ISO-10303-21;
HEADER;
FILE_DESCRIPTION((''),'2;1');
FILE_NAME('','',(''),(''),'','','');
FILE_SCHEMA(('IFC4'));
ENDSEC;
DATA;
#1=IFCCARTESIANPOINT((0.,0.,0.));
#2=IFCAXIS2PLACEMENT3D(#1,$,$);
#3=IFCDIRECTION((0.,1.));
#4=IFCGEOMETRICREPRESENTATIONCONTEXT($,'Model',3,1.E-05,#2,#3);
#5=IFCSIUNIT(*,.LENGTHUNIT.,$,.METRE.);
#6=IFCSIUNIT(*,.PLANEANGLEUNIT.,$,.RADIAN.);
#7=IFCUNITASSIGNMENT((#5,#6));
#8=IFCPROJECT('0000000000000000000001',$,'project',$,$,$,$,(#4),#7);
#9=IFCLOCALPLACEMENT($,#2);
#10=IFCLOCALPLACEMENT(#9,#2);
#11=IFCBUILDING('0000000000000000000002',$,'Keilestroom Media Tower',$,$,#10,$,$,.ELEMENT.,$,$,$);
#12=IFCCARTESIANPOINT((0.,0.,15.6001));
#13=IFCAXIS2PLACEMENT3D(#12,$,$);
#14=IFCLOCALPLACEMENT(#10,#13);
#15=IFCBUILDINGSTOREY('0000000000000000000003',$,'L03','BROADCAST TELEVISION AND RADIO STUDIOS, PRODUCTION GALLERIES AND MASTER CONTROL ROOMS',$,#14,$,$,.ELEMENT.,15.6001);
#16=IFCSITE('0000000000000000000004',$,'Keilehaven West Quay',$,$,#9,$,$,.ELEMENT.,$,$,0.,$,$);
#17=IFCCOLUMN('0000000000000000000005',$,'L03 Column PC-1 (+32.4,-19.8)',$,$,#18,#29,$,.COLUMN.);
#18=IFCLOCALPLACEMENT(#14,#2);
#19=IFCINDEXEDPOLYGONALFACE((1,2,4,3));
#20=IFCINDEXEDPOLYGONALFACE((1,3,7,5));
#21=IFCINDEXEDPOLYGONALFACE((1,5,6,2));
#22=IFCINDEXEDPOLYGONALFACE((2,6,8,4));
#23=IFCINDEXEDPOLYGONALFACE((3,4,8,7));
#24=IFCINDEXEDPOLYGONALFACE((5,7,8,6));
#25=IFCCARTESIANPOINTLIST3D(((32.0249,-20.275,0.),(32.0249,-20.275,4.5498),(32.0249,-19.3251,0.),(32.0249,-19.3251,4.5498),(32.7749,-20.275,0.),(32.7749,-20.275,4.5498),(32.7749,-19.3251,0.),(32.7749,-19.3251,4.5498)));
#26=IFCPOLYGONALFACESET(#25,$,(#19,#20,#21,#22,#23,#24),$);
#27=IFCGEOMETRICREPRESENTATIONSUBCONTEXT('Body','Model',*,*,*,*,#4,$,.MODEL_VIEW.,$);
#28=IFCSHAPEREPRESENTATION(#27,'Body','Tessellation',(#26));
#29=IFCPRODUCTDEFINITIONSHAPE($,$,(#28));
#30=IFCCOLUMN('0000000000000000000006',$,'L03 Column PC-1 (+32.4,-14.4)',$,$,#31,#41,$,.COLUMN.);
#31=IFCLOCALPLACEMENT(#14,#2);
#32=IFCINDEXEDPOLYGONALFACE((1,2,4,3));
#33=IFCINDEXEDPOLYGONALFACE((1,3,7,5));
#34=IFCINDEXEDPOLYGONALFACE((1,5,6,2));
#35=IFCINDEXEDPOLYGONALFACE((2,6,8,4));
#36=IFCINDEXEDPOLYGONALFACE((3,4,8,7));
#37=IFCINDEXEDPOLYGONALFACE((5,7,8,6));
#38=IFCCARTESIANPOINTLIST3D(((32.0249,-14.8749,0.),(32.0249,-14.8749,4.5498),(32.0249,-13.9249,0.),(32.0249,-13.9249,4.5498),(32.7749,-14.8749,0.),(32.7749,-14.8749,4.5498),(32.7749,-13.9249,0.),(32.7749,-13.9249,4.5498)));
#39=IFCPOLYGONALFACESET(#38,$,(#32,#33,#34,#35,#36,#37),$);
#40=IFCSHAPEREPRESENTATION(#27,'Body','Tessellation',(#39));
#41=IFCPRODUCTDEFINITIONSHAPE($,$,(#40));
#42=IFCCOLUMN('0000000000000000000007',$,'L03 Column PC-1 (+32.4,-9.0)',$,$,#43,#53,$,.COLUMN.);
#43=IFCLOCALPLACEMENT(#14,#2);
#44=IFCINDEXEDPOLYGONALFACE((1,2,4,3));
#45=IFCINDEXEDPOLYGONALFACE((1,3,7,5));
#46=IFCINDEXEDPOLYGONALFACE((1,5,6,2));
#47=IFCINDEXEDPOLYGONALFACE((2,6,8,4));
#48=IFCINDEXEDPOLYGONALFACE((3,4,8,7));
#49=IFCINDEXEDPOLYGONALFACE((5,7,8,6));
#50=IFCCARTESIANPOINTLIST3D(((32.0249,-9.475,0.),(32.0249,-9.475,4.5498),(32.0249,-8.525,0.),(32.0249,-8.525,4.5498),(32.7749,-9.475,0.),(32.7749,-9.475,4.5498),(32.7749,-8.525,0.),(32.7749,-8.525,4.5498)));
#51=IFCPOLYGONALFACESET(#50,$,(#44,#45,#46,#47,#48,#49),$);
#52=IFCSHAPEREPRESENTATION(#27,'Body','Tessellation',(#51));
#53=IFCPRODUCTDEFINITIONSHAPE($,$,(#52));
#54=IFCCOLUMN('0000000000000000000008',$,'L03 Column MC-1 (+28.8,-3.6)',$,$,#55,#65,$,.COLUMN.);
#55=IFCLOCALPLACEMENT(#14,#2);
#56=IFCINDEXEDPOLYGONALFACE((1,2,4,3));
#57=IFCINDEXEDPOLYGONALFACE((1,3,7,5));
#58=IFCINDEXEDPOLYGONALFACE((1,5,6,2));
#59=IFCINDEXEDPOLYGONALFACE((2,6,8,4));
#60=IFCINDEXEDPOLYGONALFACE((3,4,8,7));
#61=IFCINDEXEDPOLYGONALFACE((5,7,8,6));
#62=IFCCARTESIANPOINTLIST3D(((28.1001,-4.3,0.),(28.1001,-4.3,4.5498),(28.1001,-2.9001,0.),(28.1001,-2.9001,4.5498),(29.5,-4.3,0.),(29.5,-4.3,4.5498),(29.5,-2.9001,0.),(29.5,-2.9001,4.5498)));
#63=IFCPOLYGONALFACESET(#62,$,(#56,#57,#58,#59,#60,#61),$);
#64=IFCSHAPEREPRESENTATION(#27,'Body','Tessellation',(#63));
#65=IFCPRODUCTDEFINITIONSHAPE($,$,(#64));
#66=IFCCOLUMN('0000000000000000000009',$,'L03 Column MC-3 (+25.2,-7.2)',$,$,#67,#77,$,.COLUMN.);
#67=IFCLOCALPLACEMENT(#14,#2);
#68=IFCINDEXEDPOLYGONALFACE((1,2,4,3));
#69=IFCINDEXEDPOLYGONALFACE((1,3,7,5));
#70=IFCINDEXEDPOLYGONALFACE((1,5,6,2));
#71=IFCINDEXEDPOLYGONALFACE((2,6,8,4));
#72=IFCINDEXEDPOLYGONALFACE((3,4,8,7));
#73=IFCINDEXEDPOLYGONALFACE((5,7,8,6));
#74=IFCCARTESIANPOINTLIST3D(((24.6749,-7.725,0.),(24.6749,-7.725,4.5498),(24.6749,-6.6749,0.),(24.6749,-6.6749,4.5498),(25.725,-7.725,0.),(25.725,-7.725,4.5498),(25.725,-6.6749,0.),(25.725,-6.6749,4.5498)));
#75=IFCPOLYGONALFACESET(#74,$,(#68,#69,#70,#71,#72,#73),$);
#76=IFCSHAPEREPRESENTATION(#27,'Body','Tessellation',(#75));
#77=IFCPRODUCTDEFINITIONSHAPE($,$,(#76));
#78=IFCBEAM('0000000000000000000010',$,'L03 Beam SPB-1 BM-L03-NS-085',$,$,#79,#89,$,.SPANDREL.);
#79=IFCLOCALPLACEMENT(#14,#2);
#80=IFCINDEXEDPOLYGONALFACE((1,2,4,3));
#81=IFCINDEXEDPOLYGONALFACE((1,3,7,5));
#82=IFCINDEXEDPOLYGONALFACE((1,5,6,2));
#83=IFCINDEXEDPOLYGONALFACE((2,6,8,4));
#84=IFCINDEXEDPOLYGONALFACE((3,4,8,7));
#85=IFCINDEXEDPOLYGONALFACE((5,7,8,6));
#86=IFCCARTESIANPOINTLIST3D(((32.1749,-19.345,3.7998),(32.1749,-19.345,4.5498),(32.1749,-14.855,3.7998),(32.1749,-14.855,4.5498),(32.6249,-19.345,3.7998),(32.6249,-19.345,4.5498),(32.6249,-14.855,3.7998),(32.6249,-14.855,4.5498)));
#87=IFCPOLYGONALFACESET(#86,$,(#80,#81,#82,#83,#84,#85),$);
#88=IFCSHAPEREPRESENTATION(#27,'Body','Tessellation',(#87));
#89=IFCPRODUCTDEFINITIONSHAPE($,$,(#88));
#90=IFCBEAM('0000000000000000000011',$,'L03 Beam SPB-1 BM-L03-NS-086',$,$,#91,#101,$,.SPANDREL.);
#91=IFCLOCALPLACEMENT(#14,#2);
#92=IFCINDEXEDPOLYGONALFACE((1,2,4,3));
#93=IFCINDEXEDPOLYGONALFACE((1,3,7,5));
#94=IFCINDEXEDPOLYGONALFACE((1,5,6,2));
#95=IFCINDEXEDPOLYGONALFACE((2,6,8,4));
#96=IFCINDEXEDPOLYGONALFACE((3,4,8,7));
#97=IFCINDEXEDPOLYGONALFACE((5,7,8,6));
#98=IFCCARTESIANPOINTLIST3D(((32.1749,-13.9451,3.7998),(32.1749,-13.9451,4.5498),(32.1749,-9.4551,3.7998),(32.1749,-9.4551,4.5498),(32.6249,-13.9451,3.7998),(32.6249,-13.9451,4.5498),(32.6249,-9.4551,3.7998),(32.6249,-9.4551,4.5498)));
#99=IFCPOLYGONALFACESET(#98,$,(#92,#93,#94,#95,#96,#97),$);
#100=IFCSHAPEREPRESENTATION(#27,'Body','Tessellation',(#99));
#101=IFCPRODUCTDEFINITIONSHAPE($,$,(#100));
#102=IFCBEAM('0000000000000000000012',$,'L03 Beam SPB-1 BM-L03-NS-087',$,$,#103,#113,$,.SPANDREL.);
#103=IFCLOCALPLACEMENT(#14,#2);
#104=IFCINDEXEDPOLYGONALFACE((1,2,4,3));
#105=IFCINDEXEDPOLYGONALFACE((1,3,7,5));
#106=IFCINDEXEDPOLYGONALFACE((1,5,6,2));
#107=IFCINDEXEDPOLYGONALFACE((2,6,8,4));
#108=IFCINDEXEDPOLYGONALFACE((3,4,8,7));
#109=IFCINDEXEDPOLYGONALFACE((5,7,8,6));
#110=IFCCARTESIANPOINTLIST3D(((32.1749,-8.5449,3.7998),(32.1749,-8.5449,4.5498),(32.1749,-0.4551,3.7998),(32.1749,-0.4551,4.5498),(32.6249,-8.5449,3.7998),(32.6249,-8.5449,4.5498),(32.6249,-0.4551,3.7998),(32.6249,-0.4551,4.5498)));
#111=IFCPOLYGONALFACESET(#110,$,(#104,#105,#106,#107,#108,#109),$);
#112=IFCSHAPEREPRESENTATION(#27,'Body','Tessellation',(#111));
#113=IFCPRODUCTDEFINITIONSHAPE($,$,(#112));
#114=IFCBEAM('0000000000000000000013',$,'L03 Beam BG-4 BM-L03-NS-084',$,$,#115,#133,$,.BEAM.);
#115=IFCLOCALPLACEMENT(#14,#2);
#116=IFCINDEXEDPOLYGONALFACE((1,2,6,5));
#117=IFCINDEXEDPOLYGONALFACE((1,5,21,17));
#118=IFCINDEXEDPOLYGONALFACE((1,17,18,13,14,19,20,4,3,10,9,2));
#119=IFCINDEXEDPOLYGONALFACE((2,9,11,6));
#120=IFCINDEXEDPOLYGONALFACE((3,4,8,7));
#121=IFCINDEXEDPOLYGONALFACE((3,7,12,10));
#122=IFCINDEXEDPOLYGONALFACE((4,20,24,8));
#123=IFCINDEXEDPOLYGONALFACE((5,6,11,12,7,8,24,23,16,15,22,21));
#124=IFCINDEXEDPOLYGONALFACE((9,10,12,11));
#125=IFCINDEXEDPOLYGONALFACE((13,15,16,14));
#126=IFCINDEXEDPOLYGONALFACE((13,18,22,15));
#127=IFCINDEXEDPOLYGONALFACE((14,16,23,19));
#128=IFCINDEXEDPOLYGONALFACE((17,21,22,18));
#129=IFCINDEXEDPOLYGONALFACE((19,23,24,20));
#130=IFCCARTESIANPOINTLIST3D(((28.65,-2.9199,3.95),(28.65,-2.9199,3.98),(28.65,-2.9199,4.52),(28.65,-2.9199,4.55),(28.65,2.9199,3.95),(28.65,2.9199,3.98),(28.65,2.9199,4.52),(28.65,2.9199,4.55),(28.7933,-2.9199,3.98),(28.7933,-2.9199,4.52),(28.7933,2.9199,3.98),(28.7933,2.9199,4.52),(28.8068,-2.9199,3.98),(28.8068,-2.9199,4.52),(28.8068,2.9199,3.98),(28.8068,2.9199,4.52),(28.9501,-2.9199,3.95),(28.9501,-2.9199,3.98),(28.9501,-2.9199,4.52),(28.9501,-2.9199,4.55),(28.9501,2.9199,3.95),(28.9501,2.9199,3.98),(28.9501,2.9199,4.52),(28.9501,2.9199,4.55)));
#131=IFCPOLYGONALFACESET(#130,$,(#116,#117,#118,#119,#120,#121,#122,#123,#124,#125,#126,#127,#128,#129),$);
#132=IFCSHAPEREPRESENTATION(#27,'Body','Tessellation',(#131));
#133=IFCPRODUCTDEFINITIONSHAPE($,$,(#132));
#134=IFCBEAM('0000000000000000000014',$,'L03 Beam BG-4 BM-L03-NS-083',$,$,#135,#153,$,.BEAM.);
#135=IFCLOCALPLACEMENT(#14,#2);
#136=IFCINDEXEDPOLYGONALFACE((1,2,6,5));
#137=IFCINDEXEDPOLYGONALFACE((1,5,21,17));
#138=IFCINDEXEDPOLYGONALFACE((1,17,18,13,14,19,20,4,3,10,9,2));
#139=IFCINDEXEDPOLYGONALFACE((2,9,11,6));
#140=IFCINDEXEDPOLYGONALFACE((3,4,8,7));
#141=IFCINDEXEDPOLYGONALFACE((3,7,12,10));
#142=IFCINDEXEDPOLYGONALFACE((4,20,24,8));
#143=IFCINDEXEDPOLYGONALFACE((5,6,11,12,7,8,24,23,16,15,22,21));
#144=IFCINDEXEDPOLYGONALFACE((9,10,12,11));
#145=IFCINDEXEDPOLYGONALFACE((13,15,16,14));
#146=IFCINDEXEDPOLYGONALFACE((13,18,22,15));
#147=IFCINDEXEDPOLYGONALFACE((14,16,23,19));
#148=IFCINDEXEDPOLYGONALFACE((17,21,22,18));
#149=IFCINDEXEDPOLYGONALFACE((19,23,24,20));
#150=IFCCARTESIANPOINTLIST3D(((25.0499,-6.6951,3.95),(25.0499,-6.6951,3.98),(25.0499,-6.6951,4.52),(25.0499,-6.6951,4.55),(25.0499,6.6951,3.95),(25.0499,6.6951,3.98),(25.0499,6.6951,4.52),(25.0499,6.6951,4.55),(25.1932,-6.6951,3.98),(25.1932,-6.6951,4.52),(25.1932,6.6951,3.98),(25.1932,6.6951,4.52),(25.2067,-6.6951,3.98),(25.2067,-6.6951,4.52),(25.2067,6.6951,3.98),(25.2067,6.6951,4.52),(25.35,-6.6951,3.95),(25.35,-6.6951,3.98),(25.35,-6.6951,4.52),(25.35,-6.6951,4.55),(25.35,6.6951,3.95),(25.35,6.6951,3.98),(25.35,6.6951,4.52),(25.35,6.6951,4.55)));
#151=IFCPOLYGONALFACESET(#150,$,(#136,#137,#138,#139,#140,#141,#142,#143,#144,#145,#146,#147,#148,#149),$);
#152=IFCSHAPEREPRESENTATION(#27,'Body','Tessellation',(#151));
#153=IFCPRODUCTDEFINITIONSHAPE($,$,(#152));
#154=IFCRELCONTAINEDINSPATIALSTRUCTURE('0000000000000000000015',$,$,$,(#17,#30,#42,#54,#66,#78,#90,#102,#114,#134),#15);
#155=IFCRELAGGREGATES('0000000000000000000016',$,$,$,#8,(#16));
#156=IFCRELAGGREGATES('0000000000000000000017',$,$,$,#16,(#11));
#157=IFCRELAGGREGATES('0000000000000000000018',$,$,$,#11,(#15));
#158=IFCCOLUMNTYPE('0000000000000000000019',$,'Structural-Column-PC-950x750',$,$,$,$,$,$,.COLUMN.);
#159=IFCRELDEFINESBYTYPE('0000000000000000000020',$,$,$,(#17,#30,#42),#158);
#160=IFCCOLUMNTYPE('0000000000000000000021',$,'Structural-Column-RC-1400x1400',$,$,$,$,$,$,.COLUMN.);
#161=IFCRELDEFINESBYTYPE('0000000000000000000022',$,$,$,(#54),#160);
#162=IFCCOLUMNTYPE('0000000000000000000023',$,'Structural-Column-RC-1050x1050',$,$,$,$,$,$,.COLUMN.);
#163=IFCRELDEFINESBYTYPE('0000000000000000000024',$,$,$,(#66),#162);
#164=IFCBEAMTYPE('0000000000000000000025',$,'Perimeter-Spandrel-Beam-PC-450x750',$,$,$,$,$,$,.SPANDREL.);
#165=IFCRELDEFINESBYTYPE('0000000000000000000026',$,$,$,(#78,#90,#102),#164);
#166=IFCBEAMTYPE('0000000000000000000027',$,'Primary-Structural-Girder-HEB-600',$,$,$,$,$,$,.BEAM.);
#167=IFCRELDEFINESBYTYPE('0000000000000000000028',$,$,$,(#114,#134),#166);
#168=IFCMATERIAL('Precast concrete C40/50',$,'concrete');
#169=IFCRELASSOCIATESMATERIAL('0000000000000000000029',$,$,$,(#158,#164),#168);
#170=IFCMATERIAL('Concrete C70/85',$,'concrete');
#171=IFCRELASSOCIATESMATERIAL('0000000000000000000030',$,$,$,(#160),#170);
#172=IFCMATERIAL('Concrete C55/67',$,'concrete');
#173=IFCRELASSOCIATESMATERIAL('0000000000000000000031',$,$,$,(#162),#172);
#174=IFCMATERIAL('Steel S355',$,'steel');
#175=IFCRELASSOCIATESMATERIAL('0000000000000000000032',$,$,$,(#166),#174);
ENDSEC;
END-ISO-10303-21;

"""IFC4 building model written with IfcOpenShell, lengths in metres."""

from ifc_helpers import new_model, si_unit, direction, frame, origin, origin_2d, place, context, subcontext, project, spatial, rectangle, i_section, extrude, source, transform, mapped, material, material_profile, profile_set, type_object, element, save


model = new_model("IFC4")

# Units and contexts
model_context = context("Model", 3, precision=1e-05, world=origin(), true_north=direction((0.0, 1.0)))
body_context = subcontext(model_context, "Body", "Model", "MODEL_VIEW")
ifc_project = project(units=[si_unit("LENGTHUNIT", "METRE"), si_unit("PLANEANGLEUNIT", "RADIAN")], contexts=[model_context])

# Site, building, storey
site_placement = place(None, origin())
site = spatial("IfcSite", under=ifc_project, at=site_placement, Name="Keilehaven West Quay", CompositionType="ELEMENT", RefElevation=0.0)
building_placement = place(site_placement, origin())
building = spatial("IfcBuilding", under=site, at=building_placement, Name="Keilestroom Media Tower", CompositionType="ELEMENT")
storey_placement = place(building_placement, frame((0.0, 0.0, 15.6001)))
storey = spatial("IfcBuildingStorey", under=building, at=storey_placement, Name="L03", Description="BROADCAST TELEVISION AND RADIO STUDIOS, PRODUCTION GALLERIES AND MASTER CONTROL ROOMS", CompositionType="ELEMENT", Elevation=15.6001)

# Columns
ifc_material_1 = material(Name="Precast concrete C40/50", Category="concrete")
ifc_material_profile_1 = material_profile(ifc_material_1, rectangle(XDim=0.75, YDim=0.95, at=origin_2d()), Name="PC 950x750")
ifc_profile_set_1 = profile_set([ifc_material_profile_1], Name="Precast concrete C40/50")
column_type_1 = type_object("IfcColumnType", Name="Structural-Column-PC-950x750", PredefinedType="COLUMN", material=ifc_profile_set_1)
shared_shape_1 = source(origin(), body_context, "Body", "SweptSolid", [
    extrude(rectangle(XDim=0.75, YDim=0.95, at=origin_2d()), origin(), (0.0, 0.0, 1.0), 4.5498),
])
for number, where, z_axis, x_axis, name in (
    (1, (32.3999, -19.8, 0.0), (0.0, 0.0, 1.0), (1.0, 0.0, 0.0), "L03 Column PC-1 (+32.4,-19.8)"),
    (2, (32.3999, -14.3999, 0.0), (0.0, 0.0, 1.0), (1.0, 0.0, 0.0), "L03 Column PC-1 (+32.4,-14.4)"),
    (3, (32.3999, -9.0, 0.0), (0.0, 0.0, 1.0), (1.0, 0.0, 0.0), "L03 Column PC-1 (+32.4,-9.0)"),
):
    element("IfcColumn", number, at=place(storey_placement, frame(where, z_axis=z_axis, x_axis=x_axis)), inside=storey, type_object=column_type_1, Name=name, PredefinedType="COLUMN", context=body_context, shape_type="MappedRepresentation", body=[
        mapped(shared_shape_1, transform((0.0, 0.0, 0.0), x_axis=(1.0, 0.0, 0.0), y_axis=(0.0, 1.0, 0.0), z_axis=(0.0, 0.0, 1.0), scale=1.0)),
    ])
ifc_material_2 = material(Name="Concrete C70/85", Category="concrete")
ifc_material_profile_2 = material_profile(ifc_material_2, rectangle(XDim=1.3999, YDim=1.3999, at=origin_2d()), Name="RC 1400x1400")
ifc_profile_set_2 = profile_set([ifc_material_profile_2], Name="Concrete C70/85")
column_type_2 = type_object("IfcColumnType", Name="Structural-Column-RC-1400x1400", PredefinedType="COLUMN", material=ifc_profile_set_2)
shared_shape_2 = source(origin(), body_context, "Body", "SweptSolid", [
    extrude(rectangle(XDim=1.3999, YDim=1.3999, at=origin_2d()), origin(), (0.0, 0.0, 1.0), 4.5498),
])
column_1_placement = place(storey_placement, frame((28.8, -3.6001, 0.0), z_axis=(0.0, 0.0, 1.0), x_axis=(1.0, 0.0, 0.0)))
element("IfcColumn", 4, at=column_1_placement, inside=storey, type_object=column_type_2, Name="L03 Column MC-1 (+28.8,-3.6)", PredefinedType="COLUMN", context=body_context, shape_type="MappedRepresentation", body=[
    mapped(shared_shape_2, transform((0.0, 0.0, 0.0), x_axis=(1.0, 0.0, 0.0), y_axis=(0.0, 1.0, 0.0), z_axis=(0.0, 0.0, 1.0), scale=1.0)),
])
ifc_material_3 = material(Name="Concrete C55/67", Category="concrete")
ifc_material_profile_3 = material_profile(ifc_material_3, rectangle(XDim=1.05, YDim=1.05, at=origin_2d()), Name="RC 1050x1050")
ifc_profile_set_3 = profile_set([ifc_material_profile_3], Name="Concrete C55/67")
column_type_3 = type_object("IfcColumnType", Name="Structural-Column-RC-1050x1050", PredefinedType="COLUMN", material=ifc_profile_set_3)
shared_shape_3 = source(origin(), body_context, "Body", "SweptSolid", [
    extrude(rectangle(XDim=1.05, YDim=1.05, at=origin_2d()), origin(), (0.0, 0.0, 1.0), 4.5498),
])
column_2_placement = place(storey_placement, frame((25.2, -7.2, 0.0), z_axis=(0.0, 0.0, 1.0), x_axis=(1.0, 0.0, 0.0)))
element("IfcColumn", 5, at=column_2_placement, inside=storey, type_object=column_type_3, Name="L03 Column MC-3 (+25.2,-7.2)", PredefinedType="COLUMN", context=body_context, shape_type="MappedRepresentation", body=[
    mapped(shared_shape_3, transform((0.0, 0.0, 0.0), x_axis=(1.0, 0.0, 0.0), y_axis=(0.0, 1.0, 0.0), z_axis=(0.0, 0.0, 1.0), scale=1.0)),
])

# Beams
ifc_material_profile_4 = material_profile(ifc_material_1, rectangle(XDim=0.45, YDim=0.75, at=origin_2d()), Name="PC 450x750")
ifc_profile_set_4 = profile_set([ifc_material_profile_4], Name="Precast concrete C40/50")
beam_type_1 = type_object("IfcBeamType", Name="Perimeter-Spandrel-Beam-PC-450x750", PredefinedType="SPANDREL", material=ifc_profile_set_4)
shared_shape_4 = source(origin(), body_context, "Body", "SweptSolid", [
    extrude(rectangle(XDim=0.45, YDim=0.75, at=origin_2d()), origin(), (0.0, 0.0, 1.0), 4.49),
])
for number, where, z_axis, x_axis, name in (
    (6, (32.3999, -19.345, 4.1748), (0.0, 1.0, 0.0), (-1.0, 0.0, 0.0), "L03 Beam SPB-1 BM-L03-NS-085"),
    (7, (32.3999, -13.9451, 4.1748), (0.0, 1.0, 0.0), (-1.0, 0.0, 0.0), "L03 Beam SPB-1 BM-L03-NS-086"),
):
    element("IfcBeam", number, at=place(storey_placement, frame(where, z_axis=z_axis, x_axis=x_axis)), inside=storey, type_object=beam_type_1, Name=name, PredefinedType="SPANDREL", context=body_context, shape_type="MappedRepresentation", body=[
        mapped(shared_shape_4, transform((0.0, 0.0, 0.0), x_axis=(1.0, 0.0, 0.0), y_axis=(0.0, 1.0, 0.0), z_axis=(0.0, 0.0, 1.0), scale=1.0)),
    ])
shared_shape_5 = source(origin(), body_context, "Body", "SweptSolid", [
    extrude(rectangle(XDim=0.45, YDim=0.75, at=origin_2d()), origin(), (0.0, 0.0, 1.0), 8.0898),
])
beam_1_placement = place(storey_placement, frame((32.3999, -8.5449, 4.1748), z_axis=(0.0, 1.0, 0.0), x_axis=(-1.0, 0.0, 0.0)))
element("IfcBeam", 8, at=beam_1_placement, inside=storey, type_object=beam_type_1, Name="L03 Beam SPB-1 BM-L03-NS-087", PredefinedType="SPANDREL", context=body_context, shape_type="MappedRepresentation", body=[
    mapped(shared_shape_5, transform((0.0, 0.0, 0.0), x_axis=(1.0, 0.0, 0.0), y_axis=(0.0, 1.0, 0.0), z_axis=(0.0, 0.0, 1.0), scale=1.0)),
])
ifc_material_4 = material(Name="Steel S355", Category="steel")
ifc_material_profile_5 = material_profile(ifc_material_4, i_section(OverallWidth=0.3, OverallDepth=0.6001, WebThickness=0.0134, FlangeThickness=0.03, at=origin_2d()), Name="HEB 600")
ifc_profile_set_5 = profile_set([ifc_material_profile_5], Name="Steel S355")
beam_type_2 = type_object("IfcBeamType", Name="Primary-Structural-Girder-HEB-600", PredefinedType="BEAM", material=ifc_profile_set_5)
shared_shape_6 = source(origin(), body_context, "Body", "SweptSolid", [
    extrude(i_section(OverallWidth=0.3, OverallDepth=0.6001, WebThickness=0.0134, FlangeThickness=0.03, at=origin_2d()), origin(), (0.0, 0.0, 1.0), 5.8398),
])
beam_2_placement = place(storey_placement, frame((28.8, -2.9199, 4.25), z_axis=(0.0, 1.0, 0.0), x_axis=(-1.0, 0.0, 0.0)))
element("IfcBeam", 9, at=beam_2_placement, inside=storey, type_object=beam_type_2, Name="L03 Beam BG-4 BM-L03-NS-084", PredefinedType="BEAM", context=body_context, shape_type="MappedRepresentation", body=[
    mapped(shared_shape_6, transform((0.0, 0.0, 0.0), x_axis=(1.0, 0.0, 0.0), y_axis=(0.0, 1.0, 0.0), z_axis=(0.0, 0.0, 1.0), scale=1.0)),
])
shared_shape_7 = source(origin(), body_context, "Body", "SweptSolid", [
    extrude(i_section(OverallWidth=0.3, OverallDepth=0.6001, WebThickness=0.0134, FlangeThickness=0.03, at=origin_2d()), origin(), (0.0, 0.0, 1.0), 13.3901),
])
beam_3_placement = place(storey_placement, frame((25.2, -6.6951, 4.25), z_axis=(0.0, 1.0, 0.0), x_axis=(-1.0, 0.0, 0.0)))
element("IfcBeam", 10, at=beam_3_placement, inside=storey, type_object=beam_type_2, Name="L03 Beam BG-4 BM-L03-NS-083", PredefinedType="BEAM", context=body_context, shape_type="MappedRepresentation", body=[
    mapped(shared_shape_7, transform((0.0, 0.0, 0.0), x_axis=(1.0, 0.0, 0.0), y_axis=(0.0, 1.0, 0.0), z_axis=(0.0, 0.0, 1.0), scale=1.0)),
])

save(model, "model.ifc")
